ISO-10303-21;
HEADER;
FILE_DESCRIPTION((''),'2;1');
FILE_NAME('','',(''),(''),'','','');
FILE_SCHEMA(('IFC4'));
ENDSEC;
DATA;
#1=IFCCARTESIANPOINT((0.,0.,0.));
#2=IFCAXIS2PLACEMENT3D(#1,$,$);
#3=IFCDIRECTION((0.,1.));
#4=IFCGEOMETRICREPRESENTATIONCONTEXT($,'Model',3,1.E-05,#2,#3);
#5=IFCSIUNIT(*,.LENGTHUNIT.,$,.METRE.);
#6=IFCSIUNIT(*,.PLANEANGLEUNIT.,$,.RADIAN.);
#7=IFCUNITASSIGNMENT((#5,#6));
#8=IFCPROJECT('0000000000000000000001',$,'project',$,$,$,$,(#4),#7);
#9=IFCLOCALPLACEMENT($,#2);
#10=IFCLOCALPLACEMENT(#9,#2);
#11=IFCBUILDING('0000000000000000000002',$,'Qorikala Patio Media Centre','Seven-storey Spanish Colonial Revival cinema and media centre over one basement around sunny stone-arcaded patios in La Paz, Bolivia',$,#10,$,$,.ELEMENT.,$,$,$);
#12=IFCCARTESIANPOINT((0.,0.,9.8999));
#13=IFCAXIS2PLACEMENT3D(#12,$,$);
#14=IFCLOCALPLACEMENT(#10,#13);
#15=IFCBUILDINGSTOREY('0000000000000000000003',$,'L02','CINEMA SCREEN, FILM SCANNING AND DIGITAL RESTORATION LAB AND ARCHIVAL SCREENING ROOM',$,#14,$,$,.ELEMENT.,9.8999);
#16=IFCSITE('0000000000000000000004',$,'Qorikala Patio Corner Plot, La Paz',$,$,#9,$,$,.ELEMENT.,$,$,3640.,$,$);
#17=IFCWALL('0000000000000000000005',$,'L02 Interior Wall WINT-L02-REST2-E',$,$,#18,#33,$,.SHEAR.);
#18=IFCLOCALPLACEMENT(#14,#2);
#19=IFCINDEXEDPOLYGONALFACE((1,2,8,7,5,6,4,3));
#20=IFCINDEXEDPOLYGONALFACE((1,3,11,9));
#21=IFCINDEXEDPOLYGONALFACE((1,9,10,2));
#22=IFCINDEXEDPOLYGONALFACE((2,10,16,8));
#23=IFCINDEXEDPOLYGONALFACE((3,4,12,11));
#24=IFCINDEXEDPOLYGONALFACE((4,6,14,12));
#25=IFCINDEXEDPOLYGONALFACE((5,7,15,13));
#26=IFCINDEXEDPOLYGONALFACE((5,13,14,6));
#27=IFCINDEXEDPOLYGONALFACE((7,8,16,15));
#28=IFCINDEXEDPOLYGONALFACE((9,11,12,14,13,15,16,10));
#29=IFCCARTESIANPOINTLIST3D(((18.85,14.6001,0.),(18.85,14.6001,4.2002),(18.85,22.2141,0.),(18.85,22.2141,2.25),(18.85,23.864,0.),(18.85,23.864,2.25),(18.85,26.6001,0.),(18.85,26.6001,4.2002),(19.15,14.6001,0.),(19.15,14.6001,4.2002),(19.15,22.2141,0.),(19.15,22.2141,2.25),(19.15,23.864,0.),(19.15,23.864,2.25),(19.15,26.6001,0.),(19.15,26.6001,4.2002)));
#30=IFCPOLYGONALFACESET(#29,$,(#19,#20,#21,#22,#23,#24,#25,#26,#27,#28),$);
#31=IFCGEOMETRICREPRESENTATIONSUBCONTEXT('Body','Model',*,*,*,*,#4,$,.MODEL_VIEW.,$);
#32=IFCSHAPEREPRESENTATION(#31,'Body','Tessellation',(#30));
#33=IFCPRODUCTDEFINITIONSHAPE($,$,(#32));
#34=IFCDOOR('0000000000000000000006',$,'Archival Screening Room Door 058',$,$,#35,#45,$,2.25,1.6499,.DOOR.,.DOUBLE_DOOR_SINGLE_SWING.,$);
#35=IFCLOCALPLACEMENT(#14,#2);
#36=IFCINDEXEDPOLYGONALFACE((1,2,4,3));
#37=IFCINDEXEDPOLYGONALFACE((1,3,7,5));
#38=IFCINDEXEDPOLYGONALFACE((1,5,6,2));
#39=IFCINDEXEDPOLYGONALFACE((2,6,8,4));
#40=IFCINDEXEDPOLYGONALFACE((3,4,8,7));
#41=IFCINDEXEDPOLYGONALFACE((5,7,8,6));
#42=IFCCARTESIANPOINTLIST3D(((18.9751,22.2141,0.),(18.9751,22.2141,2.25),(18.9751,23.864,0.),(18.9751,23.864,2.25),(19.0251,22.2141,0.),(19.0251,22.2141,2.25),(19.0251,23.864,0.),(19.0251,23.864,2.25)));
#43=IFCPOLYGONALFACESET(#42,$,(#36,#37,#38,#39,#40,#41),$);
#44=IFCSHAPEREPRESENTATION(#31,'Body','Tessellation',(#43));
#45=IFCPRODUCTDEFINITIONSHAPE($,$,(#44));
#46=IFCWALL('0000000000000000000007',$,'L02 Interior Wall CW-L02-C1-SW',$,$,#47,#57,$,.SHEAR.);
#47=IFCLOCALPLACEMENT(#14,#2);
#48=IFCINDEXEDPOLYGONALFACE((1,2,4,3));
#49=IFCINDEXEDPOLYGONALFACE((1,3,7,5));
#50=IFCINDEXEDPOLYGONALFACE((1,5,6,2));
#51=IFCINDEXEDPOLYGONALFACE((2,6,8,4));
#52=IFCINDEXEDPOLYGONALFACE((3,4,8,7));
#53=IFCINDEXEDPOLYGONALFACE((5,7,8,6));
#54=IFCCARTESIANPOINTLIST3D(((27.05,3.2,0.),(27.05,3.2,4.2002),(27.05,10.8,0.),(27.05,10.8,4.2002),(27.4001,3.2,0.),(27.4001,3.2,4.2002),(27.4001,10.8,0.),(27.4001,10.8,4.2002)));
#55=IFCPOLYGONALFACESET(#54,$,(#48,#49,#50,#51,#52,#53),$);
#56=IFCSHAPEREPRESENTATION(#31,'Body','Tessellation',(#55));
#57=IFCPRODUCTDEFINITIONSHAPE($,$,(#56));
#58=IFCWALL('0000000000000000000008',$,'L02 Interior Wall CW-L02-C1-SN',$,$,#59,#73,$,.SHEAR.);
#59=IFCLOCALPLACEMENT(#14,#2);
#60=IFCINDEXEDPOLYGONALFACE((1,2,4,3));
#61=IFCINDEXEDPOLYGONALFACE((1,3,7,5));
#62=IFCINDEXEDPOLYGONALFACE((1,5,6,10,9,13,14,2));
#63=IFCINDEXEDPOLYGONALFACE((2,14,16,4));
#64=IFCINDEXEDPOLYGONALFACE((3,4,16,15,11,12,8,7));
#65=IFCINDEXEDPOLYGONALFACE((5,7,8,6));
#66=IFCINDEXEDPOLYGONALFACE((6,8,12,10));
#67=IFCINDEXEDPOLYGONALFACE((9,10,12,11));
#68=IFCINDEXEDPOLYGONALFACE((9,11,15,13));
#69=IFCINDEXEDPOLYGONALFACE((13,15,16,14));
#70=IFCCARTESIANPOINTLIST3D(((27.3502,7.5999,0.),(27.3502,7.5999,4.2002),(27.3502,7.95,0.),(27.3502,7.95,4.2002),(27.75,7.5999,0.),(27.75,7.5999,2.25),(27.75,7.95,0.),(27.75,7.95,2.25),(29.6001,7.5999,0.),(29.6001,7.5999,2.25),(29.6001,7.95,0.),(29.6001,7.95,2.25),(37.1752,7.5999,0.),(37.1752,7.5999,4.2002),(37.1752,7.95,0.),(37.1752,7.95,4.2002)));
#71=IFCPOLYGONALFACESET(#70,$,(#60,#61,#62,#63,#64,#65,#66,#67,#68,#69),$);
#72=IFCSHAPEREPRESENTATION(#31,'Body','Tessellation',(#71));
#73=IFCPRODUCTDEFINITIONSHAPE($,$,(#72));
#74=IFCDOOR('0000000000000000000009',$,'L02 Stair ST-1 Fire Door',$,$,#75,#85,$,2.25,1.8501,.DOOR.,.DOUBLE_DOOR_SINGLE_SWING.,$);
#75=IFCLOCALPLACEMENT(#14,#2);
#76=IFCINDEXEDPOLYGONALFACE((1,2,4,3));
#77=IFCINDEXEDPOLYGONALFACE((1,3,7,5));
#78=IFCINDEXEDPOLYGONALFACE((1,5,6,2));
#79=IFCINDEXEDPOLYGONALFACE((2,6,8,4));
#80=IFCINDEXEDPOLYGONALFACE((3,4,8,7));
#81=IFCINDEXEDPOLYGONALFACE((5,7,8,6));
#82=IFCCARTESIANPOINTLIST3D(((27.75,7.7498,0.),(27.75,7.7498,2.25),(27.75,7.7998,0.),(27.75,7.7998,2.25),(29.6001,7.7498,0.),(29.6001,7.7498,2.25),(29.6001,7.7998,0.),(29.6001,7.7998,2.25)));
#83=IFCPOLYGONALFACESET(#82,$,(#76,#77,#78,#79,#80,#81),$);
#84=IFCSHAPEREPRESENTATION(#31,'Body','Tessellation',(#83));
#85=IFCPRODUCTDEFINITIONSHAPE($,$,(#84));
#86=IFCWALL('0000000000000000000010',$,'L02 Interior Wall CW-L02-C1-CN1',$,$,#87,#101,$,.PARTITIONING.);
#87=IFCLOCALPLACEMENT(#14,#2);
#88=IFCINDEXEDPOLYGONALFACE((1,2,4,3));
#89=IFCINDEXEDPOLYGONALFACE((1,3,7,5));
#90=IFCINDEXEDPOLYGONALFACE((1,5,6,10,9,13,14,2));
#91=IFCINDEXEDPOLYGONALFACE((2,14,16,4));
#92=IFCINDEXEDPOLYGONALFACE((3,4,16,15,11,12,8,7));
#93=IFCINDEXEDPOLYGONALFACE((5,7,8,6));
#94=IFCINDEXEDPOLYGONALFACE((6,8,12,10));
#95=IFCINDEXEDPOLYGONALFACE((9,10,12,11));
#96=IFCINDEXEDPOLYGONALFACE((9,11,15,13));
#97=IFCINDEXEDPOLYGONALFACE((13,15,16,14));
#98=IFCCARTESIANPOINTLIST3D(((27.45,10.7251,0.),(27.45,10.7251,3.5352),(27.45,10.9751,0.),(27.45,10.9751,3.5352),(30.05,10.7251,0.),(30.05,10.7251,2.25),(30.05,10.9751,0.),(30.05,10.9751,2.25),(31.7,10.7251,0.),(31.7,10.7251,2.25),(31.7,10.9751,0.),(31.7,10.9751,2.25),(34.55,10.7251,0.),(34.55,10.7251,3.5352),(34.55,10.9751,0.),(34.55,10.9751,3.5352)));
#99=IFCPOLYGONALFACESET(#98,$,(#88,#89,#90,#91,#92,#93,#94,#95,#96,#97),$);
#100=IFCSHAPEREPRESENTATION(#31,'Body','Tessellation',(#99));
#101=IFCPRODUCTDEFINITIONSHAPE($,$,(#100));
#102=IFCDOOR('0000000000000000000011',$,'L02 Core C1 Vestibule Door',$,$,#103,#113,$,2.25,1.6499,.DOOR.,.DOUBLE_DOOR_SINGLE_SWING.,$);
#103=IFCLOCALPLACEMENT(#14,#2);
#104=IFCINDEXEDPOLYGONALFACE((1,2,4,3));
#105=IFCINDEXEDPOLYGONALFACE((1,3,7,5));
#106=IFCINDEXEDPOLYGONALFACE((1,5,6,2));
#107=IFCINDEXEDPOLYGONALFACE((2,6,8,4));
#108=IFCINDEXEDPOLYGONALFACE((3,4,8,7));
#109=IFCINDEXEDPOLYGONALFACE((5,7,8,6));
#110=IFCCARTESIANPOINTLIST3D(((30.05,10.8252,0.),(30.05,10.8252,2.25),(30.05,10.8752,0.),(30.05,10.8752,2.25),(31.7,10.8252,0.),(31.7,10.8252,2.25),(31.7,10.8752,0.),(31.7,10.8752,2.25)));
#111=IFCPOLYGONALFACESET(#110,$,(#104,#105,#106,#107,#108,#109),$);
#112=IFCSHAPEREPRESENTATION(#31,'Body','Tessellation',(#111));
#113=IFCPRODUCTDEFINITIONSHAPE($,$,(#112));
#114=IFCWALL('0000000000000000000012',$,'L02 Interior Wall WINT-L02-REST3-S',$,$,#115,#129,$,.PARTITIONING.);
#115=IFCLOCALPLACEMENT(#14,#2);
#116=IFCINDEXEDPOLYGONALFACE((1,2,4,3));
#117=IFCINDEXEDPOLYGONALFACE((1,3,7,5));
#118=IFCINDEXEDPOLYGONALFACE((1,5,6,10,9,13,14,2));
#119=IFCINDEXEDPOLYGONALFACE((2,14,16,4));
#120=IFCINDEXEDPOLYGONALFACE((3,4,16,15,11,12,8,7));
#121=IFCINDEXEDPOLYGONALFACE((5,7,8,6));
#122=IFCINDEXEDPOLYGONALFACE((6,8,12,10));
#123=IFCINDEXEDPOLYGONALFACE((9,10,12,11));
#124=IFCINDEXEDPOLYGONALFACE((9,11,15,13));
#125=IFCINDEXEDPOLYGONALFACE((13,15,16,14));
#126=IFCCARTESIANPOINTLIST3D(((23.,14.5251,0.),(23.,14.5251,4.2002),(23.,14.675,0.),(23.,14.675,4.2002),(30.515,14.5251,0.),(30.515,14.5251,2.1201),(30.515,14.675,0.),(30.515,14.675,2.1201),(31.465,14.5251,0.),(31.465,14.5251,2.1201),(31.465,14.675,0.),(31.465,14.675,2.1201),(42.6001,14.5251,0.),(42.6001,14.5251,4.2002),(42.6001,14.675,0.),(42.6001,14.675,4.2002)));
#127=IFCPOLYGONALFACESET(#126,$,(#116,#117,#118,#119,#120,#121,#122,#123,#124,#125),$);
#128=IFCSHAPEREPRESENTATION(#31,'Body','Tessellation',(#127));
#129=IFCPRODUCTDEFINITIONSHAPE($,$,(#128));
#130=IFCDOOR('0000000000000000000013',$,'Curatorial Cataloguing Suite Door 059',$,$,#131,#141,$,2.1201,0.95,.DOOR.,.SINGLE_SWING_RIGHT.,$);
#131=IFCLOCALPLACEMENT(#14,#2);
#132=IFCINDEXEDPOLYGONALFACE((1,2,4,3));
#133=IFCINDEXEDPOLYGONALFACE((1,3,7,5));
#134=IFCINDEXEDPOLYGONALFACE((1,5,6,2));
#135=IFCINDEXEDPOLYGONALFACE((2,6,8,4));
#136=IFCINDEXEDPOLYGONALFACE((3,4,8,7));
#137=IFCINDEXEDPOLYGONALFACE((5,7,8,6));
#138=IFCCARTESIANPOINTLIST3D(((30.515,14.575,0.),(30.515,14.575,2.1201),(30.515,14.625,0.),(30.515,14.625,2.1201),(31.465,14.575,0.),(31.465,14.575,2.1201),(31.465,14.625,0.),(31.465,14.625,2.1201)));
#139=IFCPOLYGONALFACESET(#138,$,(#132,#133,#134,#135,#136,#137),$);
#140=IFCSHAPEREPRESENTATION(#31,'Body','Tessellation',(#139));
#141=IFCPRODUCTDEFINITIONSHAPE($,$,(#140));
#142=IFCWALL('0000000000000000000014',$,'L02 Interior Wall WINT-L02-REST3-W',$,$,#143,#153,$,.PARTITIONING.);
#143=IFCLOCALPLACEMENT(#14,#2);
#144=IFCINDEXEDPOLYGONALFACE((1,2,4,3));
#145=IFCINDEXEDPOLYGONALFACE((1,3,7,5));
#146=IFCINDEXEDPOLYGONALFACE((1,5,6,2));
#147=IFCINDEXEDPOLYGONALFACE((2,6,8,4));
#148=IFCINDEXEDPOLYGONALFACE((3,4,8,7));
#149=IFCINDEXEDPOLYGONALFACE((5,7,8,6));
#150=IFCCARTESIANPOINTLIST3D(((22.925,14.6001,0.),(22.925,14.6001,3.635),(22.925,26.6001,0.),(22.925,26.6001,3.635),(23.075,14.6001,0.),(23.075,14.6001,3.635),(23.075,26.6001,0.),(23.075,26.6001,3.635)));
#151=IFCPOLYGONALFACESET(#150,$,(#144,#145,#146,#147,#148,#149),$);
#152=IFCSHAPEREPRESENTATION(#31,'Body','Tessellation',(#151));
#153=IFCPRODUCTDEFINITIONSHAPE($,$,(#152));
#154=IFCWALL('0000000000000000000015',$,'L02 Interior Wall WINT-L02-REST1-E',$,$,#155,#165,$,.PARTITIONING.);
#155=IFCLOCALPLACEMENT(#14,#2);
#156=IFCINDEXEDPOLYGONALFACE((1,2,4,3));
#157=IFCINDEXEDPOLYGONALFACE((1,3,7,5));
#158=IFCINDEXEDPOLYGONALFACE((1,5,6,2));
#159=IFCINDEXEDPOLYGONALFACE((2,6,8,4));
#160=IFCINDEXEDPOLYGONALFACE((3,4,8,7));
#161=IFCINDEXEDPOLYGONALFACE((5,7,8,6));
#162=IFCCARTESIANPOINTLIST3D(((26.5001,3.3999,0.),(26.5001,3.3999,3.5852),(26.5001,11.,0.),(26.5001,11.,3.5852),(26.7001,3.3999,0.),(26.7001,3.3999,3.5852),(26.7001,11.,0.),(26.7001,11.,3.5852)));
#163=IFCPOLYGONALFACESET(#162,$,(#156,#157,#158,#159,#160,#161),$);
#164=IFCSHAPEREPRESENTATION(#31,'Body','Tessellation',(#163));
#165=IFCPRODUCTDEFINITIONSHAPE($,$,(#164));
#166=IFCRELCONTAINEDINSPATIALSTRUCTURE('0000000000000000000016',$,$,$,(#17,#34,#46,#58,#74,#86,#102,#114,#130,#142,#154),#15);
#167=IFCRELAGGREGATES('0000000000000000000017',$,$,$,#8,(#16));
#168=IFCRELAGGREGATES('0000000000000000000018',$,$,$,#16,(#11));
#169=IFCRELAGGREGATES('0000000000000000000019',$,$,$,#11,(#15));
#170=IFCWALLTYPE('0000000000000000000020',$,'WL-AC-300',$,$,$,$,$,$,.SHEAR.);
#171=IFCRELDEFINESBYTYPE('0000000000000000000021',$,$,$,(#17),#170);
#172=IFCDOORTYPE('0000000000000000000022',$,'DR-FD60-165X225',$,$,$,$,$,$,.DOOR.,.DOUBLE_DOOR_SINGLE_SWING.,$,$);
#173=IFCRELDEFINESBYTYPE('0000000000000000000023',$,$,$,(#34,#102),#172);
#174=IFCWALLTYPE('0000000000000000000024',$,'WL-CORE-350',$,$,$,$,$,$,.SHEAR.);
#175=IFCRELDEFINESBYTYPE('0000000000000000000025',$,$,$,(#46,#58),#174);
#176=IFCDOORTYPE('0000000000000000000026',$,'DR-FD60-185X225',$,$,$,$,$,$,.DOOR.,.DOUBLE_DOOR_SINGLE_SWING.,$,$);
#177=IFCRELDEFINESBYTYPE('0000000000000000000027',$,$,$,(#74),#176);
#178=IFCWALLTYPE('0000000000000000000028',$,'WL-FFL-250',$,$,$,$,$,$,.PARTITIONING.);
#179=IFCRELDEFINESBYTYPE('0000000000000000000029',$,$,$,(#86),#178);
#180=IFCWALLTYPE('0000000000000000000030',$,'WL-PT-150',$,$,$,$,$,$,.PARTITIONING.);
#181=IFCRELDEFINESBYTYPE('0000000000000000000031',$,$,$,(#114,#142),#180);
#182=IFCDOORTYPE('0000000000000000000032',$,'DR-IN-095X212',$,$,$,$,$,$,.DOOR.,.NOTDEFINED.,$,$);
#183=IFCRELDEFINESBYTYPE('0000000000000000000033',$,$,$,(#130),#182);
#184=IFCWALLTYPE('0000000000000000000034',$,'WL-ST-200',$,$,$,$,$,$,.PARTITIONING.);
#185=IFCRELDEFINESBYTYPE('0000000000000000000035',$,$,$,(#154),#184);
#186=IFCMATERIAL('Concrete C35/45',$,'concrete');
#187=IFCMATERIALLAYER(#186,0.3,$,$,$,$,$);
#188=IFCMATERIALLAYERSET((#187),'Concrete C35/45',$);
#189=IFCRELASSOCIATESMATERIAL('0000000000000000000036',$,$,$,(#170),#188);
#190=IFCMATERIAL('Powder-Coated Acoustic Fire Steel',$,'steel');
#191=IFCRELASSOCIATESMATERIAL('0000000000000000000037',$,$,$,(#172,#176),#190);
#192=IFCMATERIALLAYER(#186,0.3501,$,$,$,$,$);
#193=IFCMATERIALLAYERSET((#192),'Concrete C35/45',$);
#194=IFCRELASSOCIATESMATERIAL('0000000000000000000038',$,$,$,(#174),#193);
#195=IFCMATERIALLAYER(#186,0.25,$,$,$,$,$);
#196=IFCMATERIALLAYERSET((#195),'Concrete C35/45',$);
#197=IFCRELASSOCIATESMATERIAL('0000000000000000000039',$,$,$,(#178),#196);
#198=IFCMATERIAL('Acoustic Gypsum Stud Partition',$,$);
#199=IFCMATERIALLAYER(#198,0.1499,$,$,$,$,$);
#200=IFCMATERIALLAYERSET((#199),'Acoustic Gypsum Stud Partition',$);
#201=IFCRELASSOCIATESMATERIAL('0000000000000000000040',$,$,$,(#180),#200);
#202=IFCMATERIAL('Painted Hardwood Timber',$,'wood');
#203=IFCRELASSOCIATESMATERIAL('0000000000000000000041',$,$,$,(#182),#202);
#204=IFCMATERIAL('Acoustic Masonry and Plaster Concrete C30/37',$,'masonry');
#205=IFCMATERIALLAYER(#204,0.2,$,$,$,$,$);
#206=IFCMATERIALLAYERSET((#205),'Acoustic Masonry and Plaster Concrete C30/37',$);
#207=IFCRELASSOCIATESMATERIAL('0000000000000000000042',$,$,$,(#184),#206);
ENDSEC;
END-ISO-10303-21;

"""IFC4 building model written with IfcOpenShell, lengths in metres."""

from ifc_helpers import new_model, si_unit, direction, frame, frame_2d, origin, place, context, subcontext, project, spatial, rectangle, extrude, material, layer, layer_set, type_object, element, fill, save


model = new_model("IFC4")

# Units and contexts
model_context = context("Model", 3, precision=1e-05, world=origin(), true_north=direction((0.0, 1.0)))
body_context = subcontext(model_context, "Body", "Model", "MODEL_VIEW")
ifc_project = project(units=[si_unit("LENGTHUNIT", "METRE"), si_unit("PLANEANGLEUNIT", "RADIAN")], contexts=[model_context])

# Site, building, storey
site_placement = place(None, origin())
site = spatial("IfcSite", under=ifc_project, at=site_placement, Name="Qorikala Patio Corner Plot, La Paz", CompositionType="ELEMENT", RefElevation=3640.0)
building_placement = place(site_placement, origin())
building = spatial("IfcBuilding", under=site, at=building_placement, Name="Qorikala Patio Media Centre", Description="Seven-storey Spanish Colonial Revival cinema and media centre over one basement around sunny stone-arcaded patios in La Paz, Bolivia", CompositionType="ELEMENT")
storey_placement = place(building_placement, frame((0.0, 0.0, 9.8999)))
storey = spatial("IfcBuildingStorey", under=building, at=storey_placement, Name="L02", Description="CINEMA SCREEN, FILM SCANNING AND DIGITAL RESTORATION LAB AND ARCHIVAL SCREENING ROOM", CompositionType="ELEMENT", Elevation=9.8999)

# Shared definitions
ifc_material_1 = material(Name="Concrete C35/45", Category="concrete")

# Wall, opening, door
ifc_layer_1 = layer(ifc_material_1, 0.3)
ifc_layer_set_1 = layer_set([ifc_layer_1], Name="Concrete C35/45")
wall_type_1 = type_object("IfcWallType", Name="WL-AC-300", PredefinedType="SHEAR", material=ifc_layer_set_1)
wall_1_placement = place(storey_placement, frame((19.0, 14.6001, 0.0), z_axis=(0.0, 0.0, 1.0), x_axis=(0.0, 1.0, 0.0)))
wall_1 = element("IfcWall", 1, at=wall_1_placement, inside=storey, type_object=wall_type_1, Name="L02 Interior Wall WINT-L02-REST2-E", PredefinedType="SHEAR", context=body_context, shape_type="SweptSolid", body=[
    extrude(rectangle(XDim=12.0, YDim=0.3, at=frame_2d((6.0, 0.0))), origin(), (0.0, 0.0, 1.0), 4.2002),
])
opening_1_placement = place(wall_1_placement, frame((7.614, 0.0, 0.0)))
opening_1 = element("IfcOpeningElement", 2, at=opening_1_placement, cuts=wall_1, PredefinedType="OPENING", context=body_context, shape_type="SweptSolid", body=[
    extrude(rectangle(XDim=1.6499, YDim=2.25, at=frame_2d((0.825, 1.125))), frame((0.0, 0.1599, 0.0), z_axis=(0.0, -1.0, 0.0), x_axis=(1.0, 0.0, 0.0)), (0.0, 0.0, 1.0), 0.3201),
])
ifc_material_2 = material(Name="Powder-Coated Acoustic Fire Steel", Category="steel")
door_type_1 = type_object("IfcDoorType", Name="DR-FD60-165X225", OperationType="DOUBLE_DOOR_SINGLE_SWING", PredefinedType="DOOR", material=ifc_material_2)
door_1_placement = place(opening_1_placement, origin())
door_1 = element("IfcDoor", 3, at=door_1_placement, inside=storey, type_object=door_type_1, Name="Archival Screening Room Door 058", OperationType="DOUBLE_DOOR_SINGLE_SWING", OverallHeight=2.25, OverallWidth=1.6499, PredefinedType="DOOR", context=body_context, shape_type="SweptSolid", body=[
    extrude(rectangle(XDim=1.6499, YDim=2.25, at=frame_2d((0.825, 1.125))), frame((0.0, 0.0249, 0.0), z_axis=(0.0, -1.0, 0.0), x_axis=(1.0, 0.0, 0.0)), (0.0, 0.0, 1.0), 0.05),
])
fill(opening_1, door_1)

# Wall
ifc_layer_2 = layer(ifc_material_1, 0.3501)
ifc_layer_set_2 = layer_set([ifc_layer_2], Name="Concrete C35/45")
wall_type_2 = type_object("IfcWallType", Name="WL-CORE-350", PredefinedType="SHEAR", material=ifc_layer_set_2)
wall_2_placement = place(storey_placement, frame((27.2251, 3.2, 0.0), z_axis=(0.0, 0.0, 1.0), x_axis=(0.0, 1.0, 0.0)))
element("IfcWall", 4, at=wall_2_placement, inside=storey, type_object=wall_type_2, Name="L02 Interior Wall CW-L02-C1-SW", PredefinedType="SHEAR", context=body_context, shape_type="SweptSolid", body=[
    extrude(rectangle(XDim=7.6001, YDim=0.3501, at=frame_2d((3.8, 0.0))), origin(), (0.0, 0.0, 1.0), 4.2002),
])

# Walls, openings, doors
wall_3_placement = place(storey_placement, frame((27.3501, 7.7749, 0.0), z_axis=(0.0, 0.0, 1.0), x_axis=(1.0, 0.0, 0.0)))
wall_3 = element("IfcWall", 5, at=wall_3_placement, inside=storey, type_object=wall_type_2, Name="L02 Interior Wall CW-L02-C1-SN", PredefinedType="SHEAR", context=body_context, shape_type="SweptSolid", body=[
    extrude(rectangle(XDim=9.825, YDim=0.3501, at=frame_2d((4.9126, 0.0))), origin(), (0.0, 0.0, 1.0), 4.2002),
])
opening_2_placement = place(wall_3_placement, frame((0.3999, 0.0, 0.0)))
opening_2 = element("IfcOpeningElement", 6, at=opening_2_placement, cuts=wall_3, PredefinedType="OPENING", context=body_context, shape_type="SweptSolid", body=[
    extrude(rectangle(XDim=1.8501, YDim=2.25, at=frame_2d((0.925, 1.125))), frame((0.0, 0.1851, 0.0), z_axis=(0.0, -1.0, 0.0), x_axis=(1.0, 0.0, 0.0)), (0.0, 0.0, 1.0), 0.3701),
])
door_type_2 = type_object("IfcDoorType", Name="DR-FD60-185X225", OperationType="DOUBLE_DOOR_SINGLE_SWING", PredefinedType="DOOR", material=ifc_material_2)
door_2_placement = place(opening_2_placement, origin())
door_2 = element("IfcDoor", 7, at=door_2_placement, inside=storey, type_object=door_type_2, Name="L02 Stair ST-1 Fire Door", OperationType="DOUBLE_DOOR_SINGLE_SWING", OverallHeight=2.25, OverallWidth=1.8501, PredefinedType="DOOR", context=body_context, shape_type="SweptSolid", body=[
    extrude(rectangle(XDim=1.8501, YDim=2.25, at=frame_2d((0.925, 1.125))), frame((0.0, 0.0249, 0.0), z_axis=(0.0, -1.0, 0.0), x_axis=(1.0, 0.0, 0.0)), (0.0, 0.0, 1.0), 0.05),
])
fill(opening_2, door_2)
ifc_layer_3 = layer(ifc_material_1, 0.25)
ifc_layer_set_3 = layer_set([ifc_layer_3], Name="Concrete C35/45")
wall_type_3 = type_object("IfcWallType", Name="WL-FFL-250", PredefinedType="PARTITIONING", material=ifc_layer_set_3)
wall_4_placement = place(storey_placement, frame((27.45, 10.8501, 0.0), z_axis=(0.0, 0.0, 1.0), x_axis=(1.0, 0.0, 0.0)))
wall_4 = element("IfcWall", 8, at=wall_4_placement, inside=storey, type_object=wall_type_3, Name="L02 Interior Wall CW-L02-C1-CN1", PredefinedType="PARTITIONING", context=body_context, shape_type="SweptSolid", body=[
    extrude(rectangle(XDim=7.1001, YDim=0.25, at=frame_2d((3.55, 0.0))), origin(), (0.0, 0.0, 1.0), 3.5352),
])
opening_3_placement = place(wall_4_placement, frame((2.6001, 0.0, 0.0)))
opening_3 = element("IfcOpeningElement", 9, at=opening_3_placement, cuts=wall_4, PredefinedType="OPENING", context=body_context, shape_type="SweptSolid", body=[
    extrude(rectangle(XDim=1.6499, YDim=2.25, at=frame_2d((0.825, 1.125))), frame((0.0, 0.135, 0.0), z_axis=(0.0, -1.0, 0.0), x_axis=(1.0, 0.0, 0.0)), (0.0, 0.0, 1.0), 0.27),
])
door_3_placement = place(opening_3_placement, frame((1.6499, 0.0, 0.0), z_axis=(0.0, 0.0, 1.0), x_axis=(-1.0, 0.0, 0.0)))
door_3 = element("IfcDoor", 10, at=door_3_placement, inside=storey, type_object=door_type_1, Name="L02 Core C1 Vestibule Door", OperationType="DOUBLE_DOOR_SINGLE_SWING", OverallHeight=2.25, OverallWidth=1.6499, PredefinedType="DOOR", context=body_context, shape_type="SweptSolid", body=[
    extrude(rectangle(XDim=1.6499, YDim=2.25, at=frame_2d((0.825, 1.125))), frame((0.0, 0.0249, 0.0), z_axis=(0.0, -1.0, 0.0), x_axis=(1.0, 0.0, 0.0)), (0.0, 0.0, 1.0), 0.05),
])
fill(opening_3, door_3)
ifc_material_3 = material(Name="Acoustic Gypsum Stud Partition")
ifc_layer_4 = layer(ifc_material_3, 0.1499)
ifc_layer_set_4 = layer_set([ifc_layer_4], Name="Acoustic Gypsum Stud Partition")
wall_type_4 = type_object("IfcWallType", Name="WL-PT-150", PredefinedType="PARTITIONING", material=ifc_layer_set_4)
wall_5_placement = place(storey_placement, frame((23.0, 14.6001, 0.0), z_axis=(0.0, 0.0, 1.0), x_axis=(1.0, 0.0, 0.0)))
wall_5 = element("IfcWall", 11, at=wall_5_placement, inside=storey, type_object=wall_type_4, Name="L02 Interior Wall WINT-L02-REST3-S", PredefinedType="PARTITIONING", context=body_context, shape_type="SweptSolid", body=[
    extrude(rectangle(XDim=19.6001, YDim=0.1499, at=frame_2d((9.8, 0.0))), origin(), (0.0, 0.0, 1.0), 4.2002),
])
opening_4_placement = place(wall_5_placement, frame((7.5149, 0.0, 0.0)))
opening_4 = element("IfcOpeningElement", 12, at=opening_4_placement, cuts=wall_5, PredefinedType="OPENING", context=body_context, shape_type="SweptSolid", body=[
    extrude(rectangle(XDim=0.95, YDim=2.1201, at=frame_2d((0.4751, 1.0601))), frame((0.0, 0.085, 0.0), z_axis=(0.0, -1.0, 0.0), x_axis=(1.0, 0.0, 0.0)), (0.0, 0.0, 1.0), 0.1699),
])
ifc_material_4 = material(Name="Painted Hardwood Timber", Category="wood")
door_type_3 = type_object("IfcDoorType", Name="DR-IN-095X212", OperationType="NOTDEFINED", PredefinedType="DOOR", material=ifc_material_4)
door_4_placement = place(opening_4_placement, origin())
door_4 = element("IfcDoor", 13, at=door_4_placement, inside=storey, type_object=door_type_3, Name="Curatorial Cataloguing Suite Door 059", OperationType="SINGLE_SWING_RIGHT", OverallHeight=2.1201, OverallWidth=0.95, PredefinedType="DOOR", context=body_context, shape_type="SweptSolid", body=[
    extrude(rectangle(XDim=0.95, YDim=2.1201, at=frame_2d((0.4751, 1.0601))), frame((0.0, 0.0249, 0.0), z_axis=(0.0, -1.0, 0.0), x_axis=(1.0, 0.0, 0.0)), (0.0, 0.0, 1.0), 0.05),
])
fill(opening_4, door_4)

# Walls
wall_6_placement = place(storey_placement, frame((23.0, 14.6001, 0.0), z_axis=(0.0, 0.0, 1.0), x_axis=(0.0, 1.0, 0.0)))
element("IfcWall", 14, at=wall_6_placement, inside=storey, type_object=wall_type_4, Name="L02 Interior Wall WINT-L02-REST3-W", PredefinedType="PARTITIONING", context=body_context, shape_type="SweptSolid", body=[
    extrude(rectangle(XDim=12.0, YDim=0.1499, at=frame_2d((6.0, 0.0))), origin(), (0.0, 0.0, 1.0), 3.635),
])
ifc_material_5 = material(Name="Acoustic Masonry and Plaster Concrete C30/37", Category="masonry")
ifc_layer_5 = layer(ifc_material_5, 0.2)
ifc_layer_set_5 = layer_set([ifc_layer_5], Name="Acoustic Masonry and Plaster Concrete C30/37")
wall_type_5 = type_object("IfcWallType", Name="WL-ST-200", PredefinedType="PARTITIONING", material=ifc_layer_set_5)
wall_7_placement = place(storey_placement, frame((26.6001, 3.3999, 0.0), z_axis=(0.0, 0.0, 1.0), x_axis=(0.0, 1.0, 0.0)))
element("IfcWall", 15, at=wall_7_placement, inside=storey, type_object=wall_type_5, Name="L02 Interior Wall WINT-L02-REST1-E", PredefinedType="PARTITIONING", context=body_context, shape_type="SweptSolid", body=[
    extrude(rectangle(XDim=7.6001, YDim=0.2, at=frame_2d((3.8, 0.0))), origin(), (0.0, 0.0, 1.0), 3.5852),
])

save(model, "model.ifc")
